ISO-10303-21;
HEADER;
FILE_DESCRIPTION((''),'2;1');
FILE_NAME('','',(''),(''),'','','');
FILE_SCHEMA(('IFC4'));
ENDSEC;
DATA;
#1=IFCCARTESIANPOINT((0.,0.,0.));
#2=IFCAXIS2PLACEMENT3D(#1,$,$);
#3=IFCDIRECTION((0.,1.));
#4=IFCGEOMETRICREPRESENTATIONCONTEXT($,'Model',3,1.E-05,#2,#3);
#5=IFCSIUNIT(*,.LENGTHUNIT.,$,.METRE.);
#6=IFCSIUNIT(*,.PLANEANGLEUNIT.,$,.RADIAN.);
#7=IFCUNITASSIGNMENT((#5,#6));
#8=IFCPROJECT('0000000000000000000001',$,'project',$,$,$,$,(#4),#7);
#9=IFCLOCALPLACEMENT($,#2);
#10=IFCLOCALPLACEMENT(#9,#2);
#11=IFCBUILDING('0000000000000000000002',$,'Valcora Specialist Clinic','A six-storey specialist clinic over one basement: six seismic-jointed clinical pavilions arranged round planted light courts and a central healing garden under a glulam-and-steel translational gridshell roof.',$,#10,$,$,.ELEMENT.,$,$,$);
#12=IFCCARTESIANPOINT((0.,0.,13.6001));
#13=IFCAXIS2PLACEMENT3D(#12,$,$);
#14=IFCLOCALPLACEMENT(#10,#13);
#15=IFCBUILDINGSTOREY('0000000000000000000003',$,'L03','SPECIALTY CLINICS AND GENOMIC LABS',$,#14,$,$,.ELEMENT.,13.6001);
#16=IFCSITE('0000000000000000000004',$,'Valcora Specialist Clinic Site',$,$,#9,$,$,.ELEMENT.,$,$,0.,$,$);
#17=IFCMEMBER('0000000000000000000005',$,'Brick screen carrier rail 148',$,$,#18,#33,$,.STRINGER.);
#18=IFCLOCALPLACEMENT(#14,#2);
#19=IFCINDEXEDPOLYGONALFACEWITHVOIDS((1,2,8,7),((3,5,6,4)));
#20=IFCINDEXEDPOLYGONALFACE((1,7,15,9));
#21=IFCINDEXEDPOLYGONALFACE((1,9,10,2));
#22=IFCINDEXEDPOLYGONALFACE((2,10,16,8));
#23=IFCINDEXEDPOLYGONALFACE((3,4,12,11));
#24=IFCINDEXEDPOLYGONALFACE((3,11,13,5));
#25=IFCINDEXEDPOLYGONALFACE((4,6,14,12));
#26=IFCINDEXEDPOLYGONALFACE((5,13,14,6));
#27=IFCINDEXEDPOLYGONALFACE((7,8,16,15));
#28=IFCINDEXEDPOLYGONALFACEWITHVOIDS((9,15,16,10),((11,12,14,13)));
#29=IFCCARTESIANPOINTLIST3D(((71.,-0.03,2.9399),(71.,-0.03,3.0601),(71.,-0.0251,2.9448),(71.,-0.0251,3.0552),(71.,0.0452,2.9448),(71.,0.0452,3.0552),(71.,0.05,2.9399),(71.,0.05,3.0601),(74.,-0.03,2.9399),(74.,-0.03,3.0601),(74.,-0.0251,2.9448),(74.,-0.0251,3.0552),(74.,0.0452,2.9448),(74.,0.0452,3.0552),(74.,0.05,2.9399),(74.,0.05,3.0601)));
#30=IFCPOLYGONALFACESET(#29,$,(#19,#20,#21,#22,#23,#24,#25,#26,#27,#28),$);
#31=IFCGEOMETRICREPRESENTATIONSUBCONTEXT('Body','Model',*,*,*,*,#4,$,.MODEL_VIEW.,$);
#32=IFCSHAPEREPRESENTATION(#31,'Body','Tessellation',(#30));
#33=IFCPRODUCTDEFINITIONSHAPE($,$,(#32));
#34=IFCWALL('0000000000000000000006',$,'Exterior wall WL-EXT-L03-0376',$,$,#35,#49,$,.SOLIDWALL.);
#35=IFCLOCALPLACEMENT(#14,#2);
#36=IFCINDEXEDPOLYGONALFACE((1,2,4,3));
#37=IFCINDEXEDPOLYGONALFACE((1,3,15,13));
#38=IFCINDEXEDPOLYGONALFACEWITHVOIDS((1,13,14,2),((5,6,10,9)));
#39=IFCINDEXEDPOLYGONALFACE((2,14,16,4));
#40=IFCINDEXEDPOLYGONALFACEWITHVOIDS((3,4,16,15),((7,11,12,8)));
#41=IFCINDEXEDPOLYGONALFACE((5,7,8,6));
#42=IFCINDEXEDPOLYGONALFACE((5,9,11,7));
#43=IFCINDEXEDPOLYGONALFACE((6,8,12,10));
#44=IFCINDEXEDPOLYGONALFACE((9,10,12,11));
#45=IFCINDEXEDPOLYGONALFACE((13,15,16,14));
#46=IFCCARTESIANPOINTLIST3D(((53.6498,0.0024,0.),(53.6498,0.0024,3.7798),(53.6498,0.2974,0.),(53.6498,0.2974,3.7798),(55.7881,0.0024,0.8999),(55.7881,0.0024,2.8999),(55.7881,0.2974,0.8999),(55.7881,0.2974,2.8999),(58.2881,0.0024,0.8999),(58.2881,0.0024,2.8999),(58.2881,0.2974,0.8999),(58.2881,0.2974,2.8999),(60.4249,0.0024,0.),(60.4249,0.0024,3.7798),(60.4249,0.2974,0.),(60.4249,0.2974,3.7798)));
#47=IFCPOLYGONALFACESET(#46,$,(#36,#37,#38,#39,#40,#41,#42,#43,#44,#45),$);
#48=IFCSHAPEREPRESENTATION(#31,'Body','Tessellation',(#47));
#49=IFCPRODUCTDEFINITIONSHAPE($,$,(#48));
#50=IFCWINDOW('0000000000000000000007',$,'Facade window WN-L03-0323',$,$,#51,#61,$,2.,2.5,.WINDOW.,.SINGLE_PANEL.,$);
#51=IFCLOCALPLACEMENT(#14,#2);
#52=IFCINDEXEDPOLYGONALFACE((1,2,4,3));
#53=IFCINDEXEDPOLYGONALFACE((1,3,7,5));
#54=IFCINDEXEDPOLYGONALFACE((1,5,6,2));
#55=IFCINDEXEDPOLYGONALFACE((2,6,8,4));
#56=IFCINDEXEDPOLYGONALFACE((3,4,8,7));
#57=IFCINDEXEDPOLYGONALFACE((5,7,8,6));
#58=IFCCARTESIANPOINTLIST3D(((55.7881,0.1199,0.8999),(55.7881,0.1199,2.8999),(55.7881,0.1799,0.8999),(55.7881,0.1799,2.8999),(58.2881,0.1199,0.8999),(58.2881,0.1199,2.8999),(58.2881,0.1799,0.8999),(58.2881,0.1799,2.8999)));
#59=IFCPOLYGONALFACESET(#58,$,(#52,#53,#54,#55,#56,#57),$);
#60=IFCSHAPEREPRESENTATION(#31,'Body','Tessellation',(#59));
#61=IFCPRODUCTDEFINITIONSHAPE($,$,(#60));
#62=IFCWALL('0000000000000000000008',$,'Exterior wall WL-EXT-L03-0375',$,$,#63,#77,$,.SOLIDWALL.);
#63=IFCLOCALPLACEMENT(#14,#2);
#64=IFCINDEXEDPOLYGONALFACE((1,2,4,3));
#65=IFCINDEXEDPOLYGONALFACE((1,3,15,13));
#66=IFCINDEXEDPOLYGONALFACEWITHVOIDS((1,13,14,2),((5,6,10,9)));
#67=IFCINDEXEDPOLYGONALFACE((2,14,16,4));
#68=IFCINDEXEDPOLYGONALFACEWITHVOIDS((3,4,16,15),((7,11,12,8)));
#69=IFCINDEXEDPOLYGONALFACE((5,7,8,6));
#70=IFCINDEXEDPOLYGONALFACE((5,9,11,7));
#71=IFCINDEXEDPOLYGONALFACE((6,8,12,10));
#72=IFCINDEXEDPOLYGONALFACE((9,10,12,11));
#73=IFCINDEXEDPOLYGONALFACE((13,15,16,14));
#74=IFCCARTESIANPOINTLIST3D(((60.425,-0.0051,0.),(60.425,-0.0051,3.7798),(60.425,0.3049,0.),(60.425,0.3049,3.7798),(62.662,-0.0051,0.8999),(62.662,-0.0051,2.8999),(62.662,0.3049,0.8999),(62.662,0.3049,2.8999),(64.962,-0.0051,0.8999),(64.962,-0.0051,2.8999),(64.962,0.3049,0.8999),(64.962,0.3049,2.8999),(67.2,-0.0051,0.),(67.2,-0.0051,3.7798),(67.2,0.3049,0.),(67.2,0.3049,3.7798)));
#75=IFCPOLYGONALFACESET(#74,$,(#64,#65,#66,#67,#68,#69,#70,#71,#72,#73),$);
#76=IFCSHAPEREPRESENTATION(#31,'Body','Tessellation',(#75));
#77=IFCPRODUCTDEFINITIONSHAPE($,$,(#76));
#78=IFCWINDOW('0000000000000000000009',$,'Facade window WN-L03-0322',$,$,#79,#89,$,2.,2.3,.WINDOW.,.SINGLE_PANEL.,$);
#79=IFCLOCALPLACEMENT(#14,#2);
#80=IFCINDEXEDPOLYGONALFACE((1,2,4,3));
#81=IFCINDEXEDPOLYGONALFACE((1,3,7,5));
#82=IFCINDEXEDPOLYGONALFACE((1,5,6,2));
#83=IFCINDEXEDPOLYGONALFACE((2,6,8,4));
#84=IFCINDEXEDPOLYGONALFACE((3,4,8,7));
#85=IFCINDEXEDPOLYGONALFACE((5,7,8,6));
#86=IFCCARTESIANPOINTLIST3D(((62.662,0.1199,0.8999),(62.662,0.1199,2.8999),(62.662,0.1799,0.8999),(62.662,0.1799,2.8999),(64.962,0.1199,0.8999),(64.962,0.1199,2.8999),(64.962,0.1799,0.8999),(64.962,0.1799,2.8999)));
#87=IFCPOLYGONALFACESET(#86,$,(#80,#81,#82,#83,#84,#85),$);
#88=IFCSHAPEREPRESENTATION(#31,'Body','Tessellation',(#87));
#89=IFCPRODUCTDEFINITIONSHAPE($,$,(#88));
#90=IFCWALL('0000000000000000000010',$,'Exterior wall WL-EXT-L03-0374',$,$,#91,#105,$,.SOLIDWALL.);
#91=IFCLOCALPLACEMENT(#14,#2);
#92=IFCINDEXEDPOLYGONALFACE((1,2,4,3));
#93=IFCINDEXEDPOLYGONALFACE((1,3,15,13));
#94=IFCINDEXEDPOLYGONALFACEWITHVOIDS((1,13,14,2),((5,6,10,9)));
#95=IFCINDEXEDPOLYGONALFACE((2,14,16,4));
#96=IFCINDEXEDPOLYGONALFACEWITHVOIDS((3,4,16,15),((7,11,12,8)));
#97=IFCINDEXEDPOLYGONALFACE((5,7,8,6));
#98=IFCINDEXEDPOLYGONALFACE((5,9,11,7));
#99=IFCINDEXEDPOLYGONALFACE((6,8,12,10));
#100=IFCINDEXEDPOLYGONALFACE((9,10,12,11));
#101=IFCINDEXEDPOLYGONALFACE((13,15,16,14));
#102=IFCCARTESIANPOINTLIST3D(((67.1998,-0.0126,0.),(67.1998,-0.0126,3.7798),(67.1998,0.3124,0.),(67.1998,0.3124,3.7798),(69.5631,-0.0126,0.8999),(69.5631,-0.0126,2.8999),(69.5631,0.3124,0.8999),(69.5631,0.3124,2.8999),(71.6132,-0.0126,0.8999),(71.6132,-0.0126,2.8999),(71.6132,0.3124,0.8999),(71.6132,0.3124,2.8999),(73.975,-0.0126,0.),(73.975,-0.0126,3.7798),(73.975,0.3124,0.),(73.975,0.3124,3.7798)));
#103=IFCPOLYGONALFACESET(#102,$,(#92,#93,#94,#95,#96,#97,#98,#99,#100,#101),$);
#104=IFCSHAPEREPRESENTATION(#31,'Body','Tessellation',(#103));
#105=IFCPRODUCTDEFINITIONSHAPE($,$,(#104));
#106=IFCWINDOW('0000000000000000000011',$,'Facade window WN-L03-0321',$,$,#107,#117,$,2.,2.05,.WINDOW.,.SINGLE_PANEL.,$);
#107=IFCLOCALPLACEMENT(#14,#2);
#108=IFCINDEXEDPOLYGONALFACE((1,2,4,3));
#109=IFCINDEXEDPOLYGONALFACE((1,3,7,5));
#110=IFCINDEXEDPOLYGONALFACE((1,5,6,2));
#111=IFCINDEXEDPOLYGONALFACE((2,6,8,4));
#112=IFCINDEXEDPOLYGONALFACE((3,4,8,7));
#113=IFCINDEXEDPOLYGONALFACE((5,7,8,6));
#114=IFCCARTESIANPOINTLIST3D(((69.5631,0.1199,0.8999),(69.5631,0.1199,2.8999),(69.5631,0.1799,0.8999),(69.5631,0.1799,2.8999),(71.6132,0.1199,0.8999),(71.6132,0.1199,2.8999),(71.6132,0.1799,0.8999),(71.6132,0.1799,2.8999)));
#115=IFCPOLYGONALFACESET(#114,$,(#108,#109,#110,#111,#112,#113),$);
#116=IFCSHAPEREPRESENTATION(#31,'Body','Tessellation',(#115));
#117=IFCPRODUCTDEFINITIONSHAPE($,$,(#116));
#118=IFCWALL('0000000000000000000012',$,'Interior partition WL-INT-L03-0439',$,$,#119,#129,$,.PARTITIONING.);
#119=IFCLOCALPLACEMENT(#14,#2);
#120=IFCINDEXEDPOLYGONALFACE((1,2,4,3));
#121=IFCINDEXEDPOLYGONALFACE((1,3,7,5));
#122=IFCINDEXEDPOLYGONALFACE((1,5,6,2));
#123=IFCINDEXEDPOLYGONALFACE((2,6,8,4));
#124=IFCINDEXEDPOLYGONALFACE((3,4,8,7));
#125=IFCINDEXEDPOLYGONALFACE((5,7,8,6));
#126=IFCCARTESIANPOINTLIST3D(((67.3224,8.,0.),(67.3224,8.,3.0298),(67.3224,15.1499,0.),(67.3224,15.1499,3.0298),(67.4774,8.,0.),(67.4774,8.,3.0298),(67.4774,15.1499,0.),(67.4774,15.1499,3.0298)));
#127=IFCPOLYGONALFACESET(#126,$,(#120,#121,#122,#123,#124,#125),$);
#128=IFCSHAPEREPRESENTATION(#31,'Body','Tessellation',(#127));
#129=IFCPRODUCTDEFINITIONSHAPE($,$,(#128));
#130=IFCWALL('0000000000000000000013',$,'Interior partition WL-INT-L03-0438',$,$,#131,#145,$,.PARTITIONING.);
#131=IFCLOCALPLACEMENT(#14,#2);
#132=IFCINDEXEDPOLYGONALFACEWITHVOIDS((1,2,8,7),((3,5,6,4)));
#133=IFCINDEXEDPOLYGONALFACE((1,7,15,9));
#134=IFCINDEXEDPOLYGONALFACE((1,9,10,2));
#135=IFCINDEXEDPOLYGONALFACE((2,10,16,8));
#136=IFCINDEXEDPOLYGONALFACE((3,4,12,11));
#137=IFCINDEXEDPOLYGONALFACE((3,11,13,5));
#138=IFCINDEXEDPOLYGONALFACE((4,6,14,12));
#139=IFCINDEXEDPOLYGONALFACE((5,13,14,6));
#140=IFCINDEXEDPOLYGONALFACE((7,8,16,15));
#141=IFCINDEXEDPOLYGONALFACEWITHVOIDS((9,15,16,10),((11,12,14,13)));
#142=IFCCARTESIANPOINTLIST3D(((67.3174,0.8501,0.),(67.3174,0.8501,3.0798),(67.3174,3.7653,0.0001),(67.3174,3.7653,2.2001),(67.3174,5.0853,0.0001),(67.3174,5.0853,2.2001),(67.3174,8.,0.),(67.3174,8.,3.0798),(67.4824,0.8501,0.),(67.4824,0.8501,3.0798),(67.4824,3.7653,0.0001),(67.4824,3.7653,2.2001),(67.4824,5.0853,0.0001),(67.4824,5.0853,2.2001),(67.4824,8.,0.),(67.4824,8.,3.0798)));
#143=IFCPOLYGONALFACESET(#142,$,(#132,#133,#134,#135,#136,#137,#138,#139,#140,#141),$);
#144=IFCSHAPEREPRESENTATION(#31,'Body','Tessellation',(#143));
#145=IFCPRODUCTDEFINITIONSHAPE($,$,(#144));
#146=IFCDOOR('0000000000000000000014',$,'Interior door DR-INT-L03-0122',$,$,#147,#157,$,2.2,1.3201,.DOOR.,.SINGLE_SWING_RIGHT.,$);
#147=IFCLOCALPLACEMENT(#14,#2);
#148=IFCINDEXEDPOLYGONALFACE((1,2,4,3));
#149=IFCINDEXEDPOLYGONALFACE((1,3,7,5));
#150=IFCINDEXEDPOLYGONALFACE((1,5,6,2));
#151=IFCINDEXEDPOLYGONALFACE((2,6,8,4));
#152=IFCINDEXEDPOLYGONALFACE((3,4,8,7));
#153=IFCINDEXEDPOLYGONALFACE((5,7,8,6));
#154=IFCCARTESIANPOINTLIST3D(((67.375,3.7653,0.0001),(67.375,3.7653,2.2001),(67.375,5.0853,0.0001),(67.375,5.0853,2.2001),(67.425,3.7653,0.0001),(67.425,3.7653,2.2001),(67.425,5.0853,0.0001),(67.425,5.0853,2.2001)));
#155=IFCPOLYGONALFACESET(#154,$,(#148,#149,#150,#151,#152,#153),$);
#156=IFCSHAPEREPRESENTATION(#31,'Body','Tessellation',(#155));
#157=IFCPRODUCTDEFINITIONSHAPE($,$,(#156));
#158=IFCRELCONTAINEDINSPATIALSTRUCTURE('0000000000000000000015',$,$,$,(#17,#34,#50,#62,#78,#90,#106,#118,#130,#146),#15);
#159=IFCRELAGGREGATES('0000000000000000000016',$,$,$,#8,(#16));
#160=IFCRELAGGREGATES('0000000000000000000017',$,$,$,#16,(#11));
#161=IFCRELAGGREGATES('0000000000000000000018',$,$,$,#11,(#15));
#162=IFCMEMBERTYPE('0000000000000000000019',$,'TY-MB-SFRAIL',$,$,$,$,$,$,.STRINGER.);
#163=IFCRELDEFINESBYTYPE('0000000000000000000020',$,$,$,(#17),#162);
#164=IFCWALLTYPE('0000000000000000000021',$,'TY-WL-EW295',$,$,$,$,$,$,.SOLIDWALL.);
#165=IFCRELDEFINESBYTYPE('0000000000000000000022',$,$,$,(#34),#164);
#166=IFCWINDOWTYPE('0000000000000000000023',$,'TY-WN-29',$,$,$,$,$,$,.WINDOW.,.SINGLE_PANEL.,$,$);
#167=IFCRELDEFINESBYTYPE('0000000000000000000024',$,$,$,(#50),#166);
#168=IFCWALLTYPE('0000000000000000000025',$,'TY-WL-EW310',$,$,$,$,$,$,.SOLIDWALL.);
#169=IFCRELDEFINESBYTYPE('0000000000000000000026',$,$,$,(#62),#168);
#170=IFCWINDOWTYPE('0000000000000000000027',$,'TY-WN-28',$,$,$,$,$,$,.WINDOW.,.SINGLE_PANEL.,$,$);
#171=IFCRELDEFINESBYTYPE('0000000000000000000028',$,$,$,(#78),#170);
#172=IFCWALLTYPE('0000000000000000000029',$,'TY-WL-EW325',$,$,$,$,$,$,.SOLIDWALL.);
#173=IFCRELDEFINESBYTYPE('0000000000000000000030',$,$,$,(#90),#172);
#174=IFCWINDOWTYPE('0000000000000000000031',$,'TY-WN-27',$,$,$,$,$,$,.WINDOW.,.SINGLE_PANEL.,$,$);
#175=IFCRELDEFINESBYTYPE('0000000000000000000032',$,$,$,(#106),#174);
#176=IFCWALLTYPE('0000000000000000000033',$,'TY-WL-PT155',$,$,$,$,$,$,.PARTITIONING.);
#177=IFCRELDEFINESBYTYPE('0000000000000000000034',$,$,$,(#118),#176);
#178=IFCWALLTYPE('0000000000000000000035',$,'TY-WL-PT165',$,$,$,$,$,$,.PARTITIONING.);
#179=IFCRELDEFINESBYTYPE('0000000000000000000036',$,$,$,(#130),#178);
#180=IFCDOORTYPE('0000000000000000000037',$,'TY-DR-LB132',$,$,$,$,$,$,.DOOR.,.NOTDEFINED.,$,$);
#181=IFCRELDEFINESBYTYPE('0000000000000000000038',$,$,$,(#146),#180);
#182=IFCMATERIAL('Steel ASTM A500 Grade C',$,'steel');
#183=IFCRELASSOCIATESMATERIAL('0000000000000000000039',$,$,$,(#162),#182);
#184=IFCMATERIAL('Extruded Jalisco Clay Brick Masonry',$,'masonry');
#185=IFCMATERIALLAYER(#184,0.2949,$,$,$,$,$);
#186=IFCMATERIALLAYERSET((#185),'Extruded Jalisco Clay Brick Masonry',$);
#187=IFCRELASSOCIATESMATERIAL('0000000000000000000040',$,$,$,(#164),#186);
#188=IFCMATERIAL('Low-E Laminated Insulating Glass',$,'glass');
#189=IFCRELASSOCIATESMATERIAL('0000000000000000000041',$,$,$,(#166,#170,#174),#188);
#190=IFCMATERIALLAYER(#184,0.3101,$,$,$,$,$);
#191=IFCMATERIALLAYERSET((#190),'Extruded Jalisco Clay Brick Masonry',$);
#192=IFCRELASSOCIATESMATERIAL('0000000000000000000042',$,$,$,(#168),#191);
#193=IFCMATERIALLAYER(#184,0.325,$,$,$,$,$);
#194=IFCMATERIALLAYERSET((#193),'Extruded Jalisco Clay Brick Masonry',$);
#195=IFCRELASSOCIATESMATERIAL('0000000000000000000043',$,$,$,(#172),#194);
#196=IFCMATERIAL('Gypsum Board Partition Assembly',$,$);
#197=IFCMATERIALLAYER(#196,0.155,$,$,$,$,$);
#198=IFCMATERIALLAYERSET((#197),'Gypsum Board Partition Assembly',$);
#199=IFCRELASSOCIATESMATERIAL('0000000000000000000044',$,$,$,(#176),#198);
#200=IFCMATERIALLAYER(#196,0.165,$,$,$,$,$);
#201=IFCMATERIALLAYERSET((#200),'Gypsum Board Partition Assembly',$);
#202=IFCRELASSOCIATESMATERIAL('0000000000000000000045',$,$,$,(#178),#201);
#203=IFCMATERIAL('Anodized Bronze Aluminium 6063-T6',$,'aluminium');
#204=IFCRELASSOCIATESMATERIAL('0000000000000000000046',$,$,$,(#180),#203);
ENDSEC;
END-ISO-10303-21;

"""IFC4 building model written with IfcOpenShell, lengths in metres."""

from ifc_helpers import new_model, si_unit, direction, frame, frame_2d, origin, origin_2d, place, context, subcontext, project, spatial, rectangle, hollow_rectangle, extrude, material, layer, layer_set, material_profile, profile_set, type_object, element, fill, save


model = new_model("IFC4")

# Units and contexts
model_context = context("Model", 3, precision=1e-05, world=origin(), true_north=direction((0.0, 1.0)))
body_context = subcontext(model_context, "Body", "Model", "MODEL_VIEW")
ifc_project = project(units=[si_unit("LENGTHUNIT", "METRE"), si_unit("PLANEANGLEUNIT", "RADIAN")], contexts=[model_context])

# Site, building, storey
site_placement = place(None, origin())
site = spatial("IfcSite", under=ifc_project, at=site_placement, Name="Valcora Specialist Clinic Site", CompositionType="ELEMENT", RefElevation=0.0)
building_placement = place(site_placement, origin())
building = spatial("IfcBuilding", under=site, at=building_placement, Name="Valcora Specialist Clinic", Description="A six-storey specialist clinic over one basement: six seismic-jointed clinical pavilions arranged round planted light courts and a central healing garden under a glulam-and-steel translational gridshell roof.", CompositionType="ELEMENT")
storey_placement = place(building_placement, frame((0.0, 0.0, 13.6001)))
storey = spatial("IfcBuildingStorey", under=building, at=storey_placement, Name="L03", Description="SPECIALTY CLINICS AND GENOMIC LABS", CompositionType="ELEMENT", Elevation=13.6001)

# Member
ifc_material_1 = material(Name="Steel ASTM A500 Grade C", Category="steel")
ifc_material_profile_1 = material_profile(ifc_material_1, hollow_rectangle(XDim=0.0801, YDim=0.1201, WallThickness=0.0049, at=origin_2d()), Name="ST-RHS-120X80X5")
ifc_profile_set_1 = profile_set([ifc_material_profile_1], Name="Steel ASTM A500 Grade C")
member_type_1 = type_object("IfcMemberType", Name="TY-MB-SFRAIL", PredefinedType="STRINGER", material=ifc_profile_set_1)
for number, where, z_axis, x_axis, name in (
    (1, (71.0, 0.01, 3.0), (1.0, 0.0, 0.0), (0.0, 1.0, 0.0), "Brick screen carrier rail 148"),
):
    element("IfcMember", number, at=place(storey_placement, frame(where, z_axis=z_axis, x_axis=x_axis)), inside=storey, type_object=member_type_1, Name=name, PredefinedType="STRINGER", context=body_context, shape_type="SweptSolid", body=[
        extrude(hollow_rectangle(XDim=0.0801, YDim=0.1201, WallThickness=0.0049, at=origin_2d()), origin(), (0.0, 0.0, 1.0), 3.0),
    ])

# Walls, openings, windows
ifc_material_2 = material(Name="Extruded Jalisco Clay Brick Masonry", Category="masonry")
ifc_layer_1 = layer(ifc_material_2, 0.2949)
ifc_layer_set_1 = layer_set([ifc_layer_1], Name="Extruded Jalisco Clay Brick Masonry")
wall_type_1 = type_object("IfcWallType", Name="TY-WL-EW295", PredefinedType="SOLIDWALL", material=ifc_layer_set_1)
wall_1_placement = place(storey_placement, frame((60.425, 0.1499, 0.0), z_axis=(0.0, 0.0, 1.0), x_axis=(-1.0, 0.0, 0.0)))
wall_1 = element("IfcWall", 2, at=wall_1_placement, inside=storey, type_object=wall_type_1, Name="Exterior wall WL-EXT-L03-0376", PredefinedType="SOLIDWALL", context=body_context, shape_type="SweptSolid", body=[
    extrude(rectangle(XDim=6.7751, YDim=0.2949, at=frame_2d((3.3877, 0.0))), origin(), (0.0, 0.0, 1.0), 3.7798),
])
opening_1_placement = place(wall_1_placement, frame((2.137, 0.0, 0.8999)))
opening_1 = element("IfcOpeningElement", 3, at=opening_1_placement, cuts=wall_1, PredefinedType="OPENING", context=body_context, shape_type="SweptSolid", body=[
    extrude(rectangle(XDim=2.5, YDim=2.0, at=frame_2d((1.25, 1.0))), frame((0.0, 0.1575, 0.0), z_axis=(0.0, -1.0, 0.0), x_axis=(1.0, 0.0, 0.0)), (0.0, 0.0, 1.0), 0.3149),
])
ifc_material_3 = material(Name="Low-E Laminated Insulating Glass", Category="glass")
window_type_1 = type_object("IfcWindowType", Name="TY-WN-29", PartitioningType="SINGLE_PANEL", PredefinedType="WINDOW", material=ifc_material_3)
window_1_placement = place(opening_1_placement, origin())
window_1 = element("IfcWindow", 4, at=window_1_placement, inside=storey, type_object=window_type_1, Name="Facade window WN-L03-0323", OverallHeight=2.0, OverallWidth=2.5, PartitioningType="SINGLE_PANEL", PredefinedType="WINDOW", context=body_context, shape_type="SweptSolid", body=[
    extrude(rectangle(XDim=2.5, YDim=2.0, at=frame_2d((1.25, 1.0))), frame((0.0, 0.03, 0.0), z_axis=(0.0, -1.0, 0.0), x_axis=(1.0, 0.0, 0.0)), (0.0, 0.0, 1.0), 0.0601),
])
fill(opening_1, window_1)
ifc_layer_2 = layer(ifc_material_2, 0.3101)
ifc_layer_set_2 = layer_set([ifc_layer_2], Name="Extruded Jalisco Clay Brick Masonry")
wall_type_2 = type_object("IfcWallType", Name="TY-WL-EW310", PredefinedType="SOLIDWALL", material=ifc_layer_set_2)
wall_2_placement = place(storey_placement, frame((67.2, 0.1499, 0.0), z_axis=(0.0, 0.0, 1.0), x_axis=(-1.0, 0.0, 0.0)))
wall_2 = element("IfcWall", 5, at=wall_2_placement, inside=storey, type_object=wall_type_2, Name="Exterior wall WL-EXT-L03-0375", PredefinedType="SOLIDWALL", context=body_context, shape_type="SweptSolid", body=[
    extrude(rectangle(XDim=6.7749, YDim=0.3101, at=frame_2d((3.3875, 0.0))), origin(), (0.0, 0.0, 1.0), 3.7798),
])
opening_2_placement = place(wall_2_placement, frame((2.238, 0.0, 0.8999)))
opening_2 = element("IfcOpeningElement", 6, at=opening_2_placement, cuts=wall_2, PredefinedType="OPENING", context=body_context, shape_type="SweptSolid", body=[
    extrude(rectangle(XDim=2.3, YDim=2.0, at=frame_2d((1.1499, 1.0))), frame((0.0, 0.165, 0.0), z_axis=(0.0, -1.0, 0.0), x_axis=(1.0, 0.0, 0.0)), (0.0, 0.0, 1.0), 0.3301),
])
window_type_2 = type_object("IfcWindowType", Name="TY-WN-28", PartitioningType="SINGLE_PANEL", PredefinedType="WINDOW", material=ifc_material_3)
window_2_placement = place(opening_2_placement, origin())
window_2 = element("IfcWindow", 7, at=window_2_placement, inside=storey, type_object=window_type_2, Name="Facade window WN-L03-0322", OverallHeight=2.0, OverallWidth=2.3, PartitioningType="SINGLE_PANEL", PredefinedType="WINDOW", context=body_context, shape_type="SweptSolid", body=[
    extrude(rectangle(XDim=2.3, YDim=2.0, at=frame_2d((1.1499, 1.0))), frame((0.0, 0.03, 0.0), z_axis=(0.0, -1.0, 0.0), x_axis=(1.0, 0.0, 0.0)), (0.0, 0.0, 1.0), 0.0601),
])
fill(opening_2, window_2)
ifc_layer_3 = layer(ifc_material_2, 0.325)
ifc_layer_set_3 = layer_set([ifc_layer_3], Name="Extruded Jalisco Clay Brick Masonry")
wall_type_3 = type_object("IfcWallType", Name="TY-WL-EW325", PredefinedType="SOLIDWALL", material=ifc_layer_set_3)
wall_3_placement = place(storey_placement, frame((73.9751, 0.1499, 0.0), z_axis=(0.0, 0.0, 1.0), x_axis=(-1.0, 0.0, 0.0)))
wall_3 = element("IfcWall", 8, at=wall_3_placement, inside=storey, type_object=wall_type_3, Name="Exterior wall WL-EXT-L03-0374", PredefinedType="SOLIDWALL", context=body_context, shape_type="SweptSolid", body=[
    extrude(rectangle(XDim=6.7751, YDim=0.325, at=frame_2d((3.3877, 0.0))), origin(), (0.0, 0.0, 1.0), 3.7798),
])
opening_3_placement = place(wall_3_placement, frame((2.3621, 0.0, 0.8999)))
opening_3 = element("IfcOpeningElement", 9, at=opening_3_placement, cuts=wall_3, PredefinedType="OPENING", context=body_context, shape_type="SweptSolid", body=[
    extrude(rectangle(XDim=2.05, YDim=2.0, at=frame_2d((1.0249, 1.0))), frame((0.0, 0.1724, 0.0), z_axis=(0.0, -1.0, 0.0), x_axis=(1.0, 0.0, 0.0)), (0.0, 0.0, 1.0), 0.345),
])
window_type_3 = type_object("IfcWindowType", Name="TY-WN-27", PartitioningType="SINGLE_PANEL", PredefinedType="WINDOW", material=ifc_material_3)
window_3_placement = place(opening_3_placement, origin())
window_3 = element("IfcWindow", 10, at=window_3_placement, inside=storey, type_object=window_type_3, Name="Facade window WN-L03-0321", OverallHeight=2.0, OverallWidth=2.05, PartitioningType="SINGLE_PANEL", PredefinedType="WINDOW", context=body_context, shape_type="SweptSolid", body=[
    extrude(rectangle(XDim=2.05, YDim=2.0, at=frame_2d((1.0249, 1.0))), frame((0.0, 0.03, 0.0), z_axis=(0.0, -1.0, 0.0), x_axis=(1.0, 0.0, 0.0)), (0.0, 0.0, 1.0), 0.0601),
])
fill(opening_3, window_3)

# Wall
ifc_material_4 = material(Name="Gypsum Board Partition Assembly")
ifc_layer_4 = layer(ifc_material_4, 0.155)
ifc_layer_set_4 = layer_set([ifc_layer_4], Name="Gypsum Board Partition Assembly")
wall_type_4 = type_object("IfcWallType", Name="TY-WL-PT155", PredefinedType="PARTITIONING", material=ifc_layer_set_4)
wall_4_placement = place(storey_placement, frame((67.3999, 8.0, 0.0), z_axis=(0.0, 0.0, 1.0), x_axis=(0.0, 1.0, 0.0)))
element("IfcWall", 11, at=wall_4_placement, inside=storey, type_object=wall_type_4, Name="Interior partition WL-INT-L03-0439", PredefinedType="PARTITIONING", context=body_context, shape_type="SweptSolid", body=[
    extrude(rectangle(XDim=7.1499, YDim=0.155, at=frame_2d((3.575, 0.0))), origin(), (0.0, 0.0, 1.0), 3.0298),
])

# Wall, opening, door
ifc_layer_5 = layer(ifc_material_4, 0.165)
ifc_layer_set_5 = layer_set([ifc_layer_5], Name="Gypsum Board Partition Assembly")
wall_type_5 = type_object("IfcWallType", Name="TY-WL-PT165", PredefinedType="PARTITIONING", material=ifc_layer_set_5)
wall_5_placement = place(storey_placement, frame((67.3999, 0.8501, 0.0), z_axis=(0.0, 0.0, 1.0), x_axis=(0.0, 1.0, 0.0)))
wall_5 = element("IfcWall", 12, at=wall_5_placement, inside=storey, type_object=wall_type_5, Name="Interior partition WL-INT-L03-0438", PredefinedType="PARTITIONING", context=body_context, shape_type="SweptSolid", body=[
    extrude(rectangle(XDim=7.1499, YDim=0.165, at=frame_2d((3.575, 0.0))), origin(), (0.0, 0.0, 1.0), 3.0798),
])
opening_4_placement = place(wall_5_placement, frame((2.915, 0.0, 0.0)))
opening_4 = element("IfcOpeningElement", 13, at=opening_4_placement, cuts=wall_5, PredefinedType="OPENING", context=body_context, shape_type="SweptSolid", body=[
    extrude(rectangle(XDim=1.3201, YDim=2.2, at=frame_2d((0.6602, 1.1001))), frame((0.0, 0.0925, 0.0), z_axis=(0.0, -1.0, 0.0), x_axis=(1.0, 0.0, 0.0)), (0.0, 0.0, 1.0), 0.1851),
])
ifc_material_5 = material(Name="Anodized Bronze Aluminium 6063-T6", Category="aluminium")
door_type = type_object("IfcDoorType", Name="TY-DR-LB132", OperationType="NOTDEFINED", PredefinedType="DOOR", material=ifc_material_5)
door_placement = place(opening_4_placement, origin())
door = element("IfcDoor", 14, at=door_placement, inside=storey, type_object=door_type, Name="Interior door DR-INT-L03-0122", OperationType="SINGLE_SWING_RIGHT", OverallHeight=2.2, OverallWidth=1.3201, PredefinedType="DOOR", context=body_context, shape_type="SweptSolid", body=[
    extrude(rectangle(XDim=1.3201, YDim=2.2, at=frame_2d((0.6602, 1.1001))), frame((0.0, 0.0249, 0.0), z_axis=(0.0, -1.0, 0.0), x_axis=(1.0, 0.0, 0.0)), (0.0, 0.0, 1.0), 0.05),
])
fill(opening_4, door)

save(model, "model.ifc")
